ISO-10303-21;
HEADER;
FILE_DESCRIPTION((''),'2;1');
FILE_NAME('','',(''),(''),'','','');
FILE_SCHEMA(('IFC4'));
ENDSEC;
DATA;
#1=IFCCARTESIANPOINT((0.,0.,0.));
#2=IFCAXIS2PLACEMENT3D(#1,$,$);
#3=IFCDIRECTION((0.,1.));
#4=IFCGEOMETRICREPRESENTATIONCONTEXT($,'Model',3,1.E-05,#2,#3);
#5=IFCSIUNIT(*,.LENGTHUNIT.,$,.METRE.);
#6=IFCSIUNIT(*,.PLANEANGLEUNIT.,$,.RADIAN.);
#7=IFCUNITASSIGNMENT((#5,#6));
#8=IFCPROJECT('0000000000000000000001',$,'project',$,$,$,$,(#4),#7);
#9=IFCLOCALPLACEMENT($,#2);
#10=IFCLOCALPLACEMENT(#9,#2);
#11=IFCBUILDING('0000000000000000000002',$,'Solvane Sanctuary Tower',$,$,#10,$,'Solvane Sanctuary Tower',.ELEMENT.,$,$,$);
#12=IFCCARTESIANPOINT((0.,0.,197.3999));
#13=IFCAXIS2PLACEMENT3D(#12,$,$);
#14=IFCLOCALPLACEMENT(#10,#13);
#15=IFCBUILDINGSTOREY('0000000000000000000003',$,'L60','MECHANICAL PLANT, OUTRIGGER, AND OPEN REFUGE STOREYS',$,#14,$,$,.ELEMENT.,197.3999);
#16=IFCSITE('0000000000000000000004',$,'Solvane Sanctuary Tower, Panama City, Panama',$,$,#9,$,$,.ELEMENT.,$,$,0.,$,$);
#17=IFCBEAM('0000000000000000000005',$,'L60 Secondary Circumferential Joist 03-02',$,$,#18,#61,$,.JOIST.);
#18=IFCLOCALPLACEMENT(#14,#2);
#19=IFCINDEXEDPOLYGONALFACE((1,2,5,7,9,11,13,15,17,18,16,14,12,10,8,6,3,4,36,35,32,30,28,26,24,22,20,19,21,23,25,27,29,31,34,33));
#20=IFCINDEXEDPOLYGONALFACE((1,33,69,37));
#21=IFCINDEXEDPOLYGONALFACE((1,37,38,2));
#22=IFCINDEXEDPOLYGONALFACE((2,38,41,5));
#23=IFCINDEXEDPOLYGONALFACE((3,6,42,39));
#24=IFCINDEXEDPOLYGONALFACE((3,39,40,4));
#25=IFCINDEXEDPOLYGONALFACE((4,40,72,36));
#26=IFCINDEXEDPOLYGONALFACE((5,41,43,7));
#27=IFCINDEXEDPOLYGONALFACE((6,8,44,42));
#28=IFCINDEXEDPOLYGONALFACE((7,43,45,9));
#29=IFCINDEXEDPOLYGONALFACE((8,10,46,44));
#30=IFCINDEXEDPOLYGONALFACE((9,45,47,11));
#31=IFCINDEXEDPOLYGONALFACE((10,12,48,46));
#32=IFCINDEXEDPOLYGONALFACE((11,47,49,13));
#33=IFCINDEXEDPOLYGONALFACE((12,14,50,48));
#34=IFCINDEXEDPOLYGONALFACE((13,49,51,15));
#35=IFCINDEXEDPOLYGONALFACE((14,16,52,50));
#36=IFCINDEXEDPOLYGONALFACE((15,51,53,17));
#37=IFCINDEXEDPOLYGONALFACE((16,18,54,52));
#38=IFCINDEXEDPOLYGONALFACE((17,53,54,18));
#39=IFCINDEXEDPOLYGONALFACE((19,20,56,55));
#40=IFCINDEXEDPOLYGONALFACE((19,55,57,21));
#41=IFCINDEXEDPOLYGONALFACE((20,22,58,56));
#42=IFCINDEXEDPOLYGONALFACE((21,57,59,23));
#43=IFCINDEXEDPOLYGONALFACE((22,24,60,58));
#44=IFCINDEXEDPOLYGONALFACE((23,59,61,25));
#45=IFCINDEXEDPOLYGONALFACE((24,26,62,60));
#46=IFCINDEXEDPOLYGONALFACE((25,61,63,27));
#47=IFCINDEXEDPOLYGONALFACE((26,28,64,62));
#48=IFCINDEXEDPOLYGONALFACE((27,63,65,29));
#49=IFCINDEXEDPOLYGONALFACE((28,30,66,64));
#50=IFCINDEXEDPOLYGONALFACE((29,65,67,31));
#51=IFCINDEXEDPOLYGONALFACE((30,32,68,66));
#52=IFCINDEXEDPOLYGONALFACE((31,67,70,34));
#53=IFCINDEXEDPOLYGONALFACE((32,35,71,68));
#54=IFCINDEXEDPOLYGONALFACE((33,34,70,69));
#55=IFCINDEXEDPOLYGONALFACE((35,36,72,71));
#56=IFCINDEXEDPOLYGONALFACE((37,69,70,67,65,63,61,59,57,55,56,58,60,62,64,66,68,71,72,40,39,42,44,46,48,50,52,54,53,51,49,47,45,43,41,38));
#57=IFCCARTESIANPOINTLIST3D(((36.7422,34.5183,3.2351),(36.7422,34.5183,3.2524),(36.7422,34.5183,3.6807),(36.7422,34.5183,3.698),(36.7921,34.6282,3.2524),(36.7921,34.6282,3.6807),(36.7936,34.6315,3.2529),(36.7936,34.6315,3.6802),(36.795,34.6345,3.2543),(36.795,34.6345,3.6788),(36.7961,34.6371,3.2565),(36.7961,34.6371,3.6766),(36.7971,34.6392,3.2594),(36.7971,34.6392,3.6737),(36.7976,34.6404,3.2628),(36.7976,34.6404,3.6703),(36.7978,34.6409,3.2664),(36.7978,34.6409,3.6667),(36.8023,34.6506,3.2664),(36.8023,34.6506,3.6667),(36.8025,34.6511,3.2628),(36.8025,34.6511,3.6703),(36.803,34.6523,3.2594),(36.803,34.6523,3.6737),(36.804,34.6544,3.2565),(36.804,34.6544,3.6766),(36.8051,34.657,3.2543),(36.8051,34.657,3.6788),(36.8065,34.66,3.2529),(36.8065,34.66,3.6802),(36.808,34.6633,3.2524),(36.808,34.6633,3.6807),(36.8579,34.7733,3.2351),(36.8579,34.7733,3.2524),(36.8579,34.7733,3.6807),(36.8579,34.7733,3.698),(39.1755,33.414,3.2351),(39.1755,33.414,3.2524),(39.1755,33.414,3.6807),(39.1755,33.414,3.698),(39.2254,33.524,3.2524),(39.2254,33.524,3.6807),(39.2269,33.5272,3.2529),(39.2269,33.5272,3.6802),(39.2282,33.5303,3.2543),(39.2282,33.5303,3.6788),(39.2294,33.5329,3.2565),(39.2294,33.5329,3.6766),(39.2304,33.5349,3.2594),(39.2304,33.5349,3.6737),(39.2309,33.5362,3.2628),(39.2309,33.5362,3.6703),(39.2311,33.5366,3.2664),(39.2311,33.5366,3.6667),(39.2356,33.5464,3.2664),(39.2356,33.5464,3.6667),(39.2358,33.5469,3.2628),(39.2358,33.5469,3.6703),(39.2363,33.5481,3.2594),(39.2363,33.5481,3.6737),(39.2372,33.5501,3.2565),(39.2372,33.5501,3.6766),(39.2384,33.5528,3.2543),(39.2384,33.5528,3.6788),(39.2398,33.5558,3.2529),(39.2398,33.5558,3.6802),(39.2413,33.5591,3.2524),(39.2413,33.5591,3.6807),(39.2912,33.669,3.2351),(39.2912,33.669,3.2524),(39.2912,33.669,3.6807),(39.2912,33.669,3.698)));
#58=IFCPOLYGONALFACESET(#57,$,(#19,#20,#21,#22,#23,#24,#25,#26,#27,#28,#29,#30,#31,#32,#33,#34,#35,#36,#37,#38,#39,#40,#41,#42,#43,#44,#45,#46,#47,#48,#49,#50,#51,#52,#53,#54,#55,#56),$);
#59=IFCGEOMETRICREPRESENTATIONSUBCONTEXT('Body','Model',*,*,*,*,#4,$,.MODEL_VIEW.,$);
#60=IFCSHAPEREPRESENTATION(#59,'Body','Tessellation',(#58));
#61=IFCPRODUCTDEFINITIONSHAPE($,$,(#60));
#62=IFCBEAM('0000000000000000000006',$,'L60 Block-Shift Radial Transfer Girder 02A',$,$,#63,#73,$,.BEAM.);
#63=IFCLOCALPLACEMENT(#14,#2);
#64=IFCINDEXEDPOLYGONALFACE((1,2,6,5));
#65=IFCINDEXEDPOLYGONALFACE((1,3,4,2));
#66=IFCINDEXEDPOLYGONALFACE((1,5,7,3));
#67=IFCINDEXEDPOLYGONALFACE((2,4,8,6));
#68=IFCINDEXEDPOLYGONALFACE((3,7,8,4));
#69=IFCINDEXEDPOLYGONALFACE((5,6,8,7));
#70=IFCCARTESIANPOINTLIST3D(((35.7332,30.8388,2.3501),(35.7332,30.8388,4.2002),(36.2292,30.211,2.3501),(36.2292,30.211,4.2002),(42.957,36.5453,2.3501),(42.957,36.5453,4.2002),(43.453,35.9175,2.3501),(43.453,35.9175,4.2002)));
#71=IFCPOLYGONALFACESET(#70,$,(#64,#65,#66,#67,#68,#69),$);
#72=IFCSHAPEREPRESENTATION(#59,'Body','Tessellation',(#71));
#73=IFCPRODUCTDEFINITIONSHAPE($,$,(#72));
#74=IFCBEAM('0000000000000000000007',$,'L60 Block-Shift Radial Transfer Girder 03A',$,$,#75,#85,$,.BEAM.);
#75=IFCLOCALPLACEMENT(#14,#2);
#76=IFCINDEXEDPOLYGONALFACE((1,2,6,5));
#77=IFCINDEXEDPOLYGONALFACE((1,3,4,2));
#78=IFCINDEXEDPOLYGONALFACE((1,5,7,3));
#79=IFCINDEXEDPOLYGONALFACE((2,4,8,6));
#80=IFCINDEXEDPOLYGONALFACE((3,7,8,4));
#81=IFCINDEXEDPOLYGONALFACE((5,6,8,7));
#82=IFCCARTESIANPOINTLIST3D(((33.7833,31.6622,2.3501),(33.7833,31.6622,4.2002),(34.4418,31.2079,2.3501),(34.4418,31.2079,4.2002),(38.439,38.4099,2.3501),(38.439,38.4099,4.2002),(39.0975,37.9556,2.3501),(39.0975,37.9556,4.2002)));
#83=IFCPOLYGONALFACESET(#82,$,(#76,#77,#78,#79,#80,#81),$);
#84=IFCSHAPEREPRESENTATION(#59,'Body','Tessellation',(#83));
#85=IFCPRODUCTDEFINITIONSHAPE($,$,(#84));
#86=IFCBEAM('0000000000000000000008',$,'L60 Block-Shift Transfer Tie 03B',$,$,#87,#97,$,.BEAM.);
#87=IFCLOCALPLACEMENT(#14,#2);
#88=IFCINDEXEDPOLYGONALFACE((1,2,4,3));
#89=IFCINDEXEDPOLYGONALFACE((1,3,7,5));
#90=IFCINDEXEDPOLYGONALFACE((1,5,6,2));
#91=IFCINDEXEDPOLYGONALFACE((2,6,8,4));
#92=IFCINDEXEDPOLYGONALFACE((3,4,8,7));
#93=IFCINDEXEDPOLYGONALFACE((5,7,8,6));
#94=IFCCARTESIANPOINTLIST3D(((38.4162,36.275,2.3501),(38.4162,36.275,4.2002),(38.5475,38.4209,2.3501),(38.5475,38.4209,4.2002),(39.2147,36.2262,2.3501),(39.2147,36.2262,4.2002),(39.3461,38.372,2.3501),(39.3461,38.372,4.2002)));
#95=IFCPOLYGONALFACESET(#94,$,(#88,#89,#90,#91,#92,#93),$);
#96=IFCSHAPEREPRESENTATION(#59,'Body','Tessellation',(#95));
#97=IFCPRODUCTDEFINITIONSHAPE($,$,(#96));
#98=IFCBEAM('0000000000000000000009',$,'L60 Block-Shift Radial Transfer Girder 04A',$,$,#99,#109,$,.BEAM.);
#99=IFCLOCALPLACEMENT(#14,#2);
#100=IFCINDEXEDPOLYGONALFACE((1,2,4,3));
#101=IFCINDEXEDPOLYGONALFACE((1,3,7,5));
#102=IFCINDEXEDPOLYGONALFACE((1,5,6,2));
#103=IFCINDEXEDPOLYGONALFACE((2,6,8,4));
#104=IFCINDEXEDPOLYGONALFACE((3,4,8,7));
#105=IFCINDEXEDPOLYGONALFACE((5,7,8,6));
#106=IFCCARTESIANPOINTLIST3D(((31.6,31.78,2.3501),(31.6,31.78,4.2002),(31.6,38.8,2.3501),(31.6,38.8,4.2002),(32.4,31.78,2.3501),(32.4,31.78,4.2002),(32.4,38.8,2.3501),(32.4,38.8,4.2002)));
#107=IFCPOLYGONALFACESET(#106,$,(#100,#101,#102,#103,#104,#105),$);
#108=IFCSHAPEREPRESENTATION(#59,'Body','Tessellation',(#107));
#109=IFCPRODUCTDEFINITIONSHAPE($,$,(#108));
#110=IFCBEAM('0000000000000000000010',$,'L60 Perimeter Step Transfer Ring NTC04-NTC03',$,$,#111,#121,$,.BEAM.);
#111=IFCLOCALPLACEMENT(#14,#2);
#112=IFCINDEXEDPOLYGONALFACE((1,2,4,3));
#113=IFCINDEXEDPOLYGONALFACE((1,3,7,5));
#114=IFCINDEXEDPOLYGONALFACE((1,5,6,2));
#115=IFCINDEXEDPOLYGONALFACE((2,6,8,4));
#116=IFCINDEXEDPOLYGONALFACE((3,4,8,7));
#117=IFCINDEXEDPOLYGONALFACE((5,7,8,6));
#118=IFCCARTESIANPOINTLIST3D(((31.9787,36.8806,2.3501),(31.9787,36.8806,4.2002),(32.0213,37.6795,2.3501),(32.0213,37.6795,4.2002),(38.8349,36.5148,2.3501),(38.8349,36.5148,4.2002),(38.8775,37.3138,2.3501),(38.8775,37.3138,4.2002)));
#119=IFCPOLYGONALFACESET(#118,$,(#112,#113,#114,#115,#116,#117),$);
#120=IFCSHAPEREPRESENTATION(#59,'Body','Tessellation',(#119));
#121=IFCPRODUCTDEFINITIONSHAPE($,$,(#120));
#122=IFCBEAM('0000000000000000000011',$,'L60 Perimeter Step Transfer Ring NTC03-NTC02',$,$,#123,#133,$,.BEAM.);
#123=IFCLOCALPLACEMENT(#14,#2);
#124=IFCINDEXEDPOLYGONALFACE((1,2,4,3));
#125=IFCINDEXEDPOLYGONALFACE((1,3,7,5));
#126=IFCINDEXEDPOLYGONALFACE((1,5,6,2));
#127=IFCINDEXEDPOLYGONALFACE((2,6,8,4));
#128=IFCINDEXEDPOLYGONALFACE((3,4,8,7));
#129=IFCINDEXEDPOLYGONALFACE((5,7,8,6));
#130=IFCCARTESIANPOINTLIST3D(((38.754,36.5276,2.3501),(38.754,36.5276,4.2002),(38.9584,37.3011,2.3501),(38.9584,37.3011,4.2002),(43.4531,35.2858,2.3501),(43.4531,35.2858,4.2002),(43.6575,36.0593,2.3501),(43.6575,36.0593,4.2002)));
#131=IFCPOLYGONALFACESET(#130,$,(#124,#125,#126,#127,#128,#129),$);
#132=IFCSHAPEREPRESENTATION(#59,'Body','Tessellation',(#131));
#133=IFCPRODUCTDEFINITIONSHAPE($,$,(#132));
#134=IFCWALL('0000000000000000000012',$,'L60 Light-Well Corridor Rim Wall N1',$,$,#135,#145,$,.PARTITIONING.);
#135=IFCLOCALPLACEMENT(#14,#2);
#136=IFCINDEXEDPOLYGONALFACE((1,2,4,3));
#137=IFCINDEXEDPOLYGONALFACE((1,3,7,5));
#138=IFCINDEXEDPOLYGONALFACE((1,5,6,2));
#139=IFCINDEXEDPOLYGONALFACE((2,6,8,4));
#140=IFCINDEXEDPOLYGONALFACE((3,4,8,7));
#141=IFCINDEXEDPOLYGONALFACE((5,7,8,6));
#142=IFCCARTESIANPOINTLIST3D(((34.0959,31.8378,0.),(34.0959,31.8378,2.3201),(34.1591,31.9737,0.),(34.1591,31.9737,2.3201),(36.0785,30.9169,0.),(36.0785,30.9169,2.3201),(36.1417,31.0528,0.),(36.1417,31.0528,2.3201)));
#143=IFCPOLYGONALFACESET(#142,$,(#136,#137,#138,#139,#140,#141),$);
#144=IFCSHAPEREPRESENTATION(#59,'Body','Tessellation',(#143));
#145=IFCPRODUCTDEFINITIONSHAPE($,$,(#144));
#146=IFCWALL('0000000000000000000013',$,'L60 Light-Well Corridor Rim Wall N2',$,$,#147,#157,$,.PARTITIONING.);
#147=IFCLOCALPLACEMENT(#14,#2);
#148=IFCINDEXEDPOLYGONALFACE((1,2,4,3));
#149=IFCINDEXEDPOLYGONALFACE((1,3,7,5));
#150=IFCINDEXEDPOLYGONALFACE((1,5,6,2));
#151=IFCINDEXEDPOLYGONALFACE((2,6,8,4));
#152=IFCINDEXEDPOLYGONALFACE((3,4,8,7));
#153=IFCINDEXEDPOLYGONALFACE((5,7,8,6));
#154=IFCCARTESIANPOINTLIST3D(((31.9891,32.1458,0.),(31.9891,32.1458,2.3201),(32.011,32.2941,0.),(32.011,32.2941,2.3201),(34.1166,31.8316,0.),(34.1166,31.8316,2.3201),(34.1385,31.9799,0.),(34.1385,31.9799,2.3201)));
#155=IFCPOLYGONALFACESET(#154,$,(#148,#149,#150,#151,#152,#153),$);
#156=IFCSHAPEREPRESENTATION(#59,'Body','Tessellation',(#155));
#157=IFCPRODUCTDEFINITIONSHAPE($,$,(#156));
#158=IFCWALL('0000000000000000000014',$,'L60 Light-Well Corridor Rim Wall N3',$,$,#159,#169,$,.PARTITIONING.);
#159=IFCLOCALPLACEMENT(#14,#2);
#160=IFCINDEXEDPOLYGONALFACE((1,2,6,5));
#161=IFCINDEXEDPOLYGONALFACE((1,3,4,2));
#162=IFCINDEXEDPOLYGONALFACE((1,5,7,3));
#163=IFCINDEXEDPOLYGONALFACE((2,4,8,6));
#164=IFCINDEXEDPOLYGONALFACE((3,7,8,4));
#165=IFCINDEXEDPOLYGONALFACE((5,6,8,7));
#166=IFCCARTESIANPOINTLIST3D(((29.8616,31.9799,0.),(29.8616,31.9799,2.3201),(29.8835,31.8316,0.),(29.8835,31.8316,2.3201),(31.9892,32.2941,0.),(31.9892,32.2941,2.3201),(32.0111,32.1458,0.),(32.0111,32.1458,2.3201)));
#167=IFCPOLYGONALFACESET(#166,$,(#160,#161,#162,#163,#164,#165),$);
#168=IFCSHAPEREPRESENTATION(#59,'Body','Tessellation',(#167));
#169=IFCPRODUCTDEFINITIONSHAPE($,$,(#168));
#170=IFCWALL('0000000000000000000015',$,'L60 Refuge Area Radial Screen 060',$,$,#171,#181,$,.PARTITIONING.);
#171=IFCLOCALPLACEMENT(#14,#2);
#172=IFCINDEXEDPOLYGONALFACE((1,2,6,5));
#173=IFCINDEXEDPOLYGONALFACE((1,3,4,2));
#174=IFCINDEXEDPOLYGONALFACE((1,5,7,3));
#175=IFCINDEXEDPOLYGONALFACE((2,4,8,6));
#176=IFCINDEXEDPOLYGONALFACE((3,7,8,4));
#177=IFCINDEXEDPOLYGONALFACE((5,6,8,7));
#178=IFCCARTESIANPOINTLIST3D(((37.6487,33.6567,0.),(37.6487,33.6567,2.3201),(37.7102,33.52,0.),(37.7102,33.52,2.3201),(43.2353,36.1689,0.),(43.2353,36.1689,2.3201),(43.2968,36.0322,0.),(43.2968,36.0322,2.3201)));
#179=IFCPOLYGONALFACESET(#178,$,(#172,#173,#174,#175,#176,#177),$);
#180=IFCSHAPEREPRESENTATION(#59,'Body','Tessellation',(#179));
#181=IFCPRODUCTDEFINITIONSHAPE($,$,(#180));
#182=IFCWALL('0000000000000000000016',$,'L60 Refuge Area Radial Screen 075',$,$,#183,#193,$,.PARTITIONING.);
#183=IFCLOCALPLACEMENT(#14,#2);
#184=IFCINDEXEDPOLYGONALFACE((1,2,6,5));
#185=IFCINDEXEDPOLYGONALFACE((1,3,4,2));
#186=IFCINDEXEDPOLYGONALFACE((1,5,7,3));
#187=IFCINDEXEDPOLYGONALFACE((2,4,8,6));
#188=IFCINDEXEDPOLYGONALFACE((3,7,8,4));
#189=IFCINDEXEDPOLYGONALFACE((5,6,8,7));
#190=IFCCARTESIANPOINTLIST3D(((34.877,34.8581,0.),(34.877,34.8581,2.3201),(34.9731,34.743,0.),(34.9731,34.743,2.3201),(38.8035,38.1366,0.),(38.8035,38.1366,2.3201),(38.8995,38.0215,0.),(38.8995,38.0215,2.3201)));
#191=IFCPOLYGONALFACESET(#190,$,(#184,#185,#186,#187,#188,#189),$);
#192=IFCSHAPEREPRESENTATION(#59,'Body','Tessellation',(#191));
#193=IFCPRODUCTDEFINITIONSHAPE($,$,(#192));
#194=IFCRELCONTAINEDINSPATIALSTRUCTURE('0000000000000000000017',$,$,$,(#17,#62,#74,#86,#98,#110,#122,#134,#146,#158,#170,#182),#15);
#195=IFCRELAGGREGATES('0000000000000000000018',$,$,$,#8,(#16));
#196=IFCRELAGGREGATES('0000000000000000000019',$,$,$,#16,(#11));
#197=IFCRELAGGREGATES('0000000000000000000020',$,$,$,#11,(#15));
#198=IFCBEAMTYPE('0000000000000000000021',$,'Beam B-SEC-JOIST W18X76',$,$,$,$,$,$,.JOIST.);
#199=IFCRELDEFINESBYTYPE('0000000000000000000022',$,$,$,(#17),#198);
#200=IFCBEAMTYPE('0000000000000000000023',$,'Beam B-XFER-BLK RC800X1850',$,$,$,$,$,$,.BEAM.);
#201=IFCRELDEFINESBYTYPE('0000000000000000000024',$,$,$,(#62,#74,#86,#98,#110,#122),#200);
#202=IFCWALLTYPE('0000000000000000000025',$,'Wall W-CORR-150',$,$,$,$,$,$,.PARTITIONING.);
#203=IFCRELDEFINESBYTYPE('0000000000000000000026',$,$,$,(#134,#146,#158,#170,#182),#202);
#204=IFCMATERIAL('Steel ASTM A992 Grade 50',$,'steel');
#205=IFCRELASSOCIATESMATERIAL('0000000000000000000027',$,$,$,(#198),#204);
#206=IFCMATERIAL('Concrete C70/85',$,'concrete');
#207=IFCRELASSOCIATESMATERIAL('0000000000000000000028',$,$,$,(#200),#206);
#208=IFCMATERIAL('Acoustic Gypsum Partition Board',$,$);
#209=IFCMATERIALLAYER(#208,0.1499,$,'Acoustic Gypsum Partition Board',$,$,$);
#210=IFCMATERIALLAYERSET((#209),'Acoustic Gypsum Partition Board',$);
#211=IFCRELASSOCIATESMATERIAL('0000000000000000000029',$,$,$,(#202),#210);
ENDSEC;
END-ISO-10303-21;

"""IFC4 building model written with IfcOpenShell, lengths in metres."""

from ifc_helpers import new_model, si_unit, direction, frame, frame_2d, origin, origin_2d, place, context, subcontext, project, spatial, rectangle, i_section, extrude, material, layer, layer_set, material_profile, profile_set, type_object, element, save


model = new_model("IFC4")

# Units and contexts
model_context = context("Model", 3, precision=1e-05, world=origin(), true_north=direction((0.0, 1.0)))
body_context = subcontext(model_context, "Body", "Model", "MODEL_VIEW")
ifc_project = project(units=[si_unit("LENGTHUNIT", "METRE"), si_unit("PLANEANGLEUNIT", "RADIAN")], contexts=[model_context])

# Site, building, storey
site_placement = place(None, origin())
site = spatial("IfcSite", under=ifc_project, at=site_placement, Name="Solvane Sanctuary Tower, Panama City, Panama", CompositionType="ELEMENT", RefElevation=0.0)
building_placement = place(site_placement, origin())
building = spatial("IfcBuilding", under=site, at=building_placement, Name="Solvane Sanctuary Tower", LongName="Solvane Sanctuary Tower", CompositionType="ELEMENT")
storey_placement = place(building_placement, frame((0.0, 0.0, 197.3999)))
storey = spatial("IfcBuildingStorey", under=building, at=storey_placement, Name="L60", Description="MECHANICAL PLANT, OUTRIGGER, AND OPEN REFUGE STOREYS", CompositionType="ELEMENT", Elevation=197.3999)

# Beams
ifc_material_1 = material(Name="Steel ASTM A992 Grade 50", Category="steel")
ifc_material_profile_1 = material_profile(ifc_material_1, i_section(OverallWidth=0.28, OverallDepth=0.4629, WebThickness=0.0107, FlangeThickness=0.0173, FilletRadius=0.0139, at=origin_2d()), Name="W18X76")
ifc_profile_set_1 = profile_set([ifc_material_profile_1], Name="Steel ASTM A992 Grade 50")
beam_type_1 = type_object("IfcBeamType", Name="Beam B-SEC-JOIST W18X76", PredefinedType="JOIST", material=ifc_profile_set_1)
beam_1_placement = place(storey_placement, frame((36.8, 34.6458, 3.4666), z_axis=(0.910623, -0.413238, 0.0), x_axis=(0.413238, 0.910623, 0.0)))
element("IfcBeam", 1, at=beam_1_placement, inside=storey, type_object=beam_type_1, Name="L60 Secondary Circumferential Joist 03-02", PredefinedType="JOIST", context=body_context, shape_type="SweptSolid", body=[
    extrude(i_section(OverallWidth=0.28, OverallDepth=0.4629, WebThickness=0.0107, FlangeThickness=0.0173, FilletRadius=0.0139, at=origin_2d()), origin(), (0.0, 0.0, 1.0), 2.6721),
])
ifc_material_2 = material(Name="Concrete C70/85", Category="concrete")
ifc_material_profile_2 = material_profile(ifc_material_2, rectangle(XDim=0.8, YDim=1.8501, at=origin_2d()), Name="RC800X1850")
ifc_profile_set_2 = profile_set([ifc_material_profile_2], Name="Concrete C70/85")
beam_type_2 = type_object("IfcBeamType", Name="Beam B-XFER-BLK RC800X1850", PredefinedType="BEAM", material=ifc_profile_set_2)
beam_2_placement = place(storey_placement, frame((35.9812, 30.5249, 3.2751), z_axis=(0.784699, 0.619877, 0.0), x_axis=(-0.619877, 0.784699, 0.0)))
element("IfcBeam", 2, at=beam_2_placement, inside=storey, type_object=beam_type_2, Name="L60 Block-Shift Radial Transfer Girder 02A", PredefinedType="BEAM", context=body_context, shape_type="SweptSolid", body=[
    extrude(rectangle(XDim=0.8, YDim=1.8501, at=origin_2d()), origin(), (0.0, 0.0, 1.0), 9.2058),
])
beam_3_placement = place(storey_placement, frame((34.1125, 31.4351, 3.2751), z_axis=(0.567907, 0.823093, 0.0), x_axis=(-0.823093, 0.567907, 0.0)))
element("IfcBeam", 3, at=beam_3_placement, inside=storey, type_object=beam_type_2, Name="L60 Block-Shift Radial Transfer Girder 03A", PredefinedType="BEAM", context=body_context, shape_type="SweptSolid", body=[
    extrude(rectangle(XDim=0.8, YDim=1.8501, at=origin_2d()), origin(), (0.0, 0.0, 1.0), 8.198),
])
beam_4_placement = place(storey_placement, frame((38.9468, 38.3965, 3.2751), z_axis=(-0.061092, -0.998132, 0.0), x_axis=(0.998132, -0.061092, 0.0)))
element("IfcBeam", 4, at=beam_4_placement, inside=storey, type_object=beam_type_2, Name="L60 Block-Shift Transfer Tie 03B", PredefinedType="BEAM", context=body_context, shape_type="SweptSolid", body=[
    extrude(rectangle(XDim=0.8, YDim=1.8501, at=origin_2d()), origin(), (0.0, 0.0, 1.0), 2.1499),
])
beam_5_placement = place(storey_placement, frame((32.0, 31.78, 3.2751), z_axis=(0.0, 1.0, 0.0), x_axis=(-1.0, 0.0, 0.0)))
element("IfcBeam", 5, at=beam_5_placement, inside=storey, type_object=beam_type_2, Name="L60 Block-Shift Radial Transfer Girder 04A", PredefinedType="BEAM", context=body_context, shape_type="SweptSolid", body=[
    extrude(rectangle(XDim=0.8, YDim=1.8501, at=origin_2d()), origin(), (0.0, 0.0, 1.0), 7.02),
])
beam_6_placement = place(storey_placement, frame((32.0, 37.28, 3.2751), z_axis=(0.99858, -0.053266, 0.0), x_axis=(0.053266, 0.99858, 0.0)))
element("IfcBeam", 6, at=beam_6_placement, inside=storey, type_object=beam_type_2, Name="L60 Perimeter Step Transfer Ring NTC04-NTC03", PredefinedType="BEAM", context=body_context, shape_type="SweptSolid", body=[
    extrude(rectangle(XDim=0.8, YDim=1.8501, at=origin_2d()), origin(), (0.0, 0.0, 1.0), 6.866),
])
beam_7_placement = place(storey_placement, frame((38.8562, 36.9143, 3.2751), z_axis=(0.966814, -0.25548, 0.0), x_axis=(0.25548, 0.966814, 0.0)))
element("IfcBeam", 7, at=beam_7_placement, inside=storey, type_object=beam_type_2, Name="L60 Perimeter Step Transfer Ring NTC03-NTC02", PredefinedType="BEAM", context=body_context, shape_type="SweptSolid", body=[
    extrude(rectangle(XDim=0.8, YDim=1.8501, at=origin_2d()), origin(), (0.0, 0.0, 1.0), 4.8604),
])

# Walls
ifc_material_3 = material(Name="Acoustic Gypsum Partition Board")
ifc_layer = layer(ifc_material_3, 0.1499, Name="Acoustic Gypsum Partition Board")
ifc_layer_set = layer_set([ifc_layer], Name="Acoustic Gypsum Partition Board")
wall_type = type_object("IfcWallType", Name="Wall W-CORR-150", PredefinedType="PARTITIONING", material=ifc_layer_set)
wall_1_placement = place(storey_placement, frame((36.1101, 30.9849, 0.0), z_axis=(0.0, 0.0, 1.0), x_axis=(-0.906943, 0.421252, 0.0)))
element("IfcWall", 8, at=wall_1_placement, inside=storey, type_object=wall_type, Name="L60 Light-Well Corridor Rim Wall N1", PredefinedType="PARTITIONING", context=body_context, shape_type="SweptSolid", body=[
    extrude(rectangle(XDim=2.186, YDim=0.1499, at=frame_2d((1.093, 0.0))), origin(), (0.0, 0.0, 1.0), 2.3201),
])
for number, where, z_axis, x_axis, name in (
    (9, (34.1274, 31.9058, 0.0), (0.0, 0.0, 1.0), (-0.989269, 0.146108, 0.0), "L60 Light-Well Corridor Rim Wall N2"),
    (10, (32.0, 32.22, 0.0), (0.0, 0.0, 1.0), (-0.989269, -0.146108, 0.0), "L60 Light-Well Corridor Rim Wall N3"),
):
    element("IfcWall", number, at=place(storey_placement, frame(where, z_axis=z_axis, x_axis=x_axis)), inside=storey, type_object=wall_type, Name=name, PredefinedType="PARTITIONING", context=body_context, shape_type="SweptSolid", body=[
        extrude(rectangle(XDim=2.1506, YDim=0.1499, at=frame_2d((1.0752, 0.0))), origin(), (0.0, 0.0, 1.0), 2.3201),
    ])
wall_2_placement = place(storey_placement, frame((37.6794, 33.5884, 0.0), z_axis=(0.0, 0.0, 1.0), x_axis=(0.912031, 0.410121, 0.0)))
element("IfcWall", 11, at=wall_2_placement, inside=storey, type_object=wall_type, Name="L60 Refuge Area Radial Screen 060", PredefinedType="PARTITIONING", context=body_context, shape_type="SweptSolid", body=[
    extrude(rectangle(XDim=6.1255, YDim=0.1499, at=frame_2d((3.0627, 0.0))), origin(), (0.0, 0.0, 1.0), 2.3201),
])
wall_3_placement = place(storey_placement, frame((34.925, 34.8005, 0.0), z_axis=(0.0, 0.0, 1.0), x_axis=(0.767599, 0.640931, 0.0)))
element("IfcWall", 12, at=wall_3_placement, inside=storey, type_object=wall_type, Name="L60 Refuge Area Radial Screen 075", PredefinedType="PARTITIONING", context=body_context, shape_type="SweptSolid", body=[
    extrude(rectangle(XDim=5.1152, YDim=0.1499, at=frame_2d((2.5576, 0.0))), origin(), (0.0, 0.0, 1.0), 2.3201),
])

save(model, "model.ifc")
